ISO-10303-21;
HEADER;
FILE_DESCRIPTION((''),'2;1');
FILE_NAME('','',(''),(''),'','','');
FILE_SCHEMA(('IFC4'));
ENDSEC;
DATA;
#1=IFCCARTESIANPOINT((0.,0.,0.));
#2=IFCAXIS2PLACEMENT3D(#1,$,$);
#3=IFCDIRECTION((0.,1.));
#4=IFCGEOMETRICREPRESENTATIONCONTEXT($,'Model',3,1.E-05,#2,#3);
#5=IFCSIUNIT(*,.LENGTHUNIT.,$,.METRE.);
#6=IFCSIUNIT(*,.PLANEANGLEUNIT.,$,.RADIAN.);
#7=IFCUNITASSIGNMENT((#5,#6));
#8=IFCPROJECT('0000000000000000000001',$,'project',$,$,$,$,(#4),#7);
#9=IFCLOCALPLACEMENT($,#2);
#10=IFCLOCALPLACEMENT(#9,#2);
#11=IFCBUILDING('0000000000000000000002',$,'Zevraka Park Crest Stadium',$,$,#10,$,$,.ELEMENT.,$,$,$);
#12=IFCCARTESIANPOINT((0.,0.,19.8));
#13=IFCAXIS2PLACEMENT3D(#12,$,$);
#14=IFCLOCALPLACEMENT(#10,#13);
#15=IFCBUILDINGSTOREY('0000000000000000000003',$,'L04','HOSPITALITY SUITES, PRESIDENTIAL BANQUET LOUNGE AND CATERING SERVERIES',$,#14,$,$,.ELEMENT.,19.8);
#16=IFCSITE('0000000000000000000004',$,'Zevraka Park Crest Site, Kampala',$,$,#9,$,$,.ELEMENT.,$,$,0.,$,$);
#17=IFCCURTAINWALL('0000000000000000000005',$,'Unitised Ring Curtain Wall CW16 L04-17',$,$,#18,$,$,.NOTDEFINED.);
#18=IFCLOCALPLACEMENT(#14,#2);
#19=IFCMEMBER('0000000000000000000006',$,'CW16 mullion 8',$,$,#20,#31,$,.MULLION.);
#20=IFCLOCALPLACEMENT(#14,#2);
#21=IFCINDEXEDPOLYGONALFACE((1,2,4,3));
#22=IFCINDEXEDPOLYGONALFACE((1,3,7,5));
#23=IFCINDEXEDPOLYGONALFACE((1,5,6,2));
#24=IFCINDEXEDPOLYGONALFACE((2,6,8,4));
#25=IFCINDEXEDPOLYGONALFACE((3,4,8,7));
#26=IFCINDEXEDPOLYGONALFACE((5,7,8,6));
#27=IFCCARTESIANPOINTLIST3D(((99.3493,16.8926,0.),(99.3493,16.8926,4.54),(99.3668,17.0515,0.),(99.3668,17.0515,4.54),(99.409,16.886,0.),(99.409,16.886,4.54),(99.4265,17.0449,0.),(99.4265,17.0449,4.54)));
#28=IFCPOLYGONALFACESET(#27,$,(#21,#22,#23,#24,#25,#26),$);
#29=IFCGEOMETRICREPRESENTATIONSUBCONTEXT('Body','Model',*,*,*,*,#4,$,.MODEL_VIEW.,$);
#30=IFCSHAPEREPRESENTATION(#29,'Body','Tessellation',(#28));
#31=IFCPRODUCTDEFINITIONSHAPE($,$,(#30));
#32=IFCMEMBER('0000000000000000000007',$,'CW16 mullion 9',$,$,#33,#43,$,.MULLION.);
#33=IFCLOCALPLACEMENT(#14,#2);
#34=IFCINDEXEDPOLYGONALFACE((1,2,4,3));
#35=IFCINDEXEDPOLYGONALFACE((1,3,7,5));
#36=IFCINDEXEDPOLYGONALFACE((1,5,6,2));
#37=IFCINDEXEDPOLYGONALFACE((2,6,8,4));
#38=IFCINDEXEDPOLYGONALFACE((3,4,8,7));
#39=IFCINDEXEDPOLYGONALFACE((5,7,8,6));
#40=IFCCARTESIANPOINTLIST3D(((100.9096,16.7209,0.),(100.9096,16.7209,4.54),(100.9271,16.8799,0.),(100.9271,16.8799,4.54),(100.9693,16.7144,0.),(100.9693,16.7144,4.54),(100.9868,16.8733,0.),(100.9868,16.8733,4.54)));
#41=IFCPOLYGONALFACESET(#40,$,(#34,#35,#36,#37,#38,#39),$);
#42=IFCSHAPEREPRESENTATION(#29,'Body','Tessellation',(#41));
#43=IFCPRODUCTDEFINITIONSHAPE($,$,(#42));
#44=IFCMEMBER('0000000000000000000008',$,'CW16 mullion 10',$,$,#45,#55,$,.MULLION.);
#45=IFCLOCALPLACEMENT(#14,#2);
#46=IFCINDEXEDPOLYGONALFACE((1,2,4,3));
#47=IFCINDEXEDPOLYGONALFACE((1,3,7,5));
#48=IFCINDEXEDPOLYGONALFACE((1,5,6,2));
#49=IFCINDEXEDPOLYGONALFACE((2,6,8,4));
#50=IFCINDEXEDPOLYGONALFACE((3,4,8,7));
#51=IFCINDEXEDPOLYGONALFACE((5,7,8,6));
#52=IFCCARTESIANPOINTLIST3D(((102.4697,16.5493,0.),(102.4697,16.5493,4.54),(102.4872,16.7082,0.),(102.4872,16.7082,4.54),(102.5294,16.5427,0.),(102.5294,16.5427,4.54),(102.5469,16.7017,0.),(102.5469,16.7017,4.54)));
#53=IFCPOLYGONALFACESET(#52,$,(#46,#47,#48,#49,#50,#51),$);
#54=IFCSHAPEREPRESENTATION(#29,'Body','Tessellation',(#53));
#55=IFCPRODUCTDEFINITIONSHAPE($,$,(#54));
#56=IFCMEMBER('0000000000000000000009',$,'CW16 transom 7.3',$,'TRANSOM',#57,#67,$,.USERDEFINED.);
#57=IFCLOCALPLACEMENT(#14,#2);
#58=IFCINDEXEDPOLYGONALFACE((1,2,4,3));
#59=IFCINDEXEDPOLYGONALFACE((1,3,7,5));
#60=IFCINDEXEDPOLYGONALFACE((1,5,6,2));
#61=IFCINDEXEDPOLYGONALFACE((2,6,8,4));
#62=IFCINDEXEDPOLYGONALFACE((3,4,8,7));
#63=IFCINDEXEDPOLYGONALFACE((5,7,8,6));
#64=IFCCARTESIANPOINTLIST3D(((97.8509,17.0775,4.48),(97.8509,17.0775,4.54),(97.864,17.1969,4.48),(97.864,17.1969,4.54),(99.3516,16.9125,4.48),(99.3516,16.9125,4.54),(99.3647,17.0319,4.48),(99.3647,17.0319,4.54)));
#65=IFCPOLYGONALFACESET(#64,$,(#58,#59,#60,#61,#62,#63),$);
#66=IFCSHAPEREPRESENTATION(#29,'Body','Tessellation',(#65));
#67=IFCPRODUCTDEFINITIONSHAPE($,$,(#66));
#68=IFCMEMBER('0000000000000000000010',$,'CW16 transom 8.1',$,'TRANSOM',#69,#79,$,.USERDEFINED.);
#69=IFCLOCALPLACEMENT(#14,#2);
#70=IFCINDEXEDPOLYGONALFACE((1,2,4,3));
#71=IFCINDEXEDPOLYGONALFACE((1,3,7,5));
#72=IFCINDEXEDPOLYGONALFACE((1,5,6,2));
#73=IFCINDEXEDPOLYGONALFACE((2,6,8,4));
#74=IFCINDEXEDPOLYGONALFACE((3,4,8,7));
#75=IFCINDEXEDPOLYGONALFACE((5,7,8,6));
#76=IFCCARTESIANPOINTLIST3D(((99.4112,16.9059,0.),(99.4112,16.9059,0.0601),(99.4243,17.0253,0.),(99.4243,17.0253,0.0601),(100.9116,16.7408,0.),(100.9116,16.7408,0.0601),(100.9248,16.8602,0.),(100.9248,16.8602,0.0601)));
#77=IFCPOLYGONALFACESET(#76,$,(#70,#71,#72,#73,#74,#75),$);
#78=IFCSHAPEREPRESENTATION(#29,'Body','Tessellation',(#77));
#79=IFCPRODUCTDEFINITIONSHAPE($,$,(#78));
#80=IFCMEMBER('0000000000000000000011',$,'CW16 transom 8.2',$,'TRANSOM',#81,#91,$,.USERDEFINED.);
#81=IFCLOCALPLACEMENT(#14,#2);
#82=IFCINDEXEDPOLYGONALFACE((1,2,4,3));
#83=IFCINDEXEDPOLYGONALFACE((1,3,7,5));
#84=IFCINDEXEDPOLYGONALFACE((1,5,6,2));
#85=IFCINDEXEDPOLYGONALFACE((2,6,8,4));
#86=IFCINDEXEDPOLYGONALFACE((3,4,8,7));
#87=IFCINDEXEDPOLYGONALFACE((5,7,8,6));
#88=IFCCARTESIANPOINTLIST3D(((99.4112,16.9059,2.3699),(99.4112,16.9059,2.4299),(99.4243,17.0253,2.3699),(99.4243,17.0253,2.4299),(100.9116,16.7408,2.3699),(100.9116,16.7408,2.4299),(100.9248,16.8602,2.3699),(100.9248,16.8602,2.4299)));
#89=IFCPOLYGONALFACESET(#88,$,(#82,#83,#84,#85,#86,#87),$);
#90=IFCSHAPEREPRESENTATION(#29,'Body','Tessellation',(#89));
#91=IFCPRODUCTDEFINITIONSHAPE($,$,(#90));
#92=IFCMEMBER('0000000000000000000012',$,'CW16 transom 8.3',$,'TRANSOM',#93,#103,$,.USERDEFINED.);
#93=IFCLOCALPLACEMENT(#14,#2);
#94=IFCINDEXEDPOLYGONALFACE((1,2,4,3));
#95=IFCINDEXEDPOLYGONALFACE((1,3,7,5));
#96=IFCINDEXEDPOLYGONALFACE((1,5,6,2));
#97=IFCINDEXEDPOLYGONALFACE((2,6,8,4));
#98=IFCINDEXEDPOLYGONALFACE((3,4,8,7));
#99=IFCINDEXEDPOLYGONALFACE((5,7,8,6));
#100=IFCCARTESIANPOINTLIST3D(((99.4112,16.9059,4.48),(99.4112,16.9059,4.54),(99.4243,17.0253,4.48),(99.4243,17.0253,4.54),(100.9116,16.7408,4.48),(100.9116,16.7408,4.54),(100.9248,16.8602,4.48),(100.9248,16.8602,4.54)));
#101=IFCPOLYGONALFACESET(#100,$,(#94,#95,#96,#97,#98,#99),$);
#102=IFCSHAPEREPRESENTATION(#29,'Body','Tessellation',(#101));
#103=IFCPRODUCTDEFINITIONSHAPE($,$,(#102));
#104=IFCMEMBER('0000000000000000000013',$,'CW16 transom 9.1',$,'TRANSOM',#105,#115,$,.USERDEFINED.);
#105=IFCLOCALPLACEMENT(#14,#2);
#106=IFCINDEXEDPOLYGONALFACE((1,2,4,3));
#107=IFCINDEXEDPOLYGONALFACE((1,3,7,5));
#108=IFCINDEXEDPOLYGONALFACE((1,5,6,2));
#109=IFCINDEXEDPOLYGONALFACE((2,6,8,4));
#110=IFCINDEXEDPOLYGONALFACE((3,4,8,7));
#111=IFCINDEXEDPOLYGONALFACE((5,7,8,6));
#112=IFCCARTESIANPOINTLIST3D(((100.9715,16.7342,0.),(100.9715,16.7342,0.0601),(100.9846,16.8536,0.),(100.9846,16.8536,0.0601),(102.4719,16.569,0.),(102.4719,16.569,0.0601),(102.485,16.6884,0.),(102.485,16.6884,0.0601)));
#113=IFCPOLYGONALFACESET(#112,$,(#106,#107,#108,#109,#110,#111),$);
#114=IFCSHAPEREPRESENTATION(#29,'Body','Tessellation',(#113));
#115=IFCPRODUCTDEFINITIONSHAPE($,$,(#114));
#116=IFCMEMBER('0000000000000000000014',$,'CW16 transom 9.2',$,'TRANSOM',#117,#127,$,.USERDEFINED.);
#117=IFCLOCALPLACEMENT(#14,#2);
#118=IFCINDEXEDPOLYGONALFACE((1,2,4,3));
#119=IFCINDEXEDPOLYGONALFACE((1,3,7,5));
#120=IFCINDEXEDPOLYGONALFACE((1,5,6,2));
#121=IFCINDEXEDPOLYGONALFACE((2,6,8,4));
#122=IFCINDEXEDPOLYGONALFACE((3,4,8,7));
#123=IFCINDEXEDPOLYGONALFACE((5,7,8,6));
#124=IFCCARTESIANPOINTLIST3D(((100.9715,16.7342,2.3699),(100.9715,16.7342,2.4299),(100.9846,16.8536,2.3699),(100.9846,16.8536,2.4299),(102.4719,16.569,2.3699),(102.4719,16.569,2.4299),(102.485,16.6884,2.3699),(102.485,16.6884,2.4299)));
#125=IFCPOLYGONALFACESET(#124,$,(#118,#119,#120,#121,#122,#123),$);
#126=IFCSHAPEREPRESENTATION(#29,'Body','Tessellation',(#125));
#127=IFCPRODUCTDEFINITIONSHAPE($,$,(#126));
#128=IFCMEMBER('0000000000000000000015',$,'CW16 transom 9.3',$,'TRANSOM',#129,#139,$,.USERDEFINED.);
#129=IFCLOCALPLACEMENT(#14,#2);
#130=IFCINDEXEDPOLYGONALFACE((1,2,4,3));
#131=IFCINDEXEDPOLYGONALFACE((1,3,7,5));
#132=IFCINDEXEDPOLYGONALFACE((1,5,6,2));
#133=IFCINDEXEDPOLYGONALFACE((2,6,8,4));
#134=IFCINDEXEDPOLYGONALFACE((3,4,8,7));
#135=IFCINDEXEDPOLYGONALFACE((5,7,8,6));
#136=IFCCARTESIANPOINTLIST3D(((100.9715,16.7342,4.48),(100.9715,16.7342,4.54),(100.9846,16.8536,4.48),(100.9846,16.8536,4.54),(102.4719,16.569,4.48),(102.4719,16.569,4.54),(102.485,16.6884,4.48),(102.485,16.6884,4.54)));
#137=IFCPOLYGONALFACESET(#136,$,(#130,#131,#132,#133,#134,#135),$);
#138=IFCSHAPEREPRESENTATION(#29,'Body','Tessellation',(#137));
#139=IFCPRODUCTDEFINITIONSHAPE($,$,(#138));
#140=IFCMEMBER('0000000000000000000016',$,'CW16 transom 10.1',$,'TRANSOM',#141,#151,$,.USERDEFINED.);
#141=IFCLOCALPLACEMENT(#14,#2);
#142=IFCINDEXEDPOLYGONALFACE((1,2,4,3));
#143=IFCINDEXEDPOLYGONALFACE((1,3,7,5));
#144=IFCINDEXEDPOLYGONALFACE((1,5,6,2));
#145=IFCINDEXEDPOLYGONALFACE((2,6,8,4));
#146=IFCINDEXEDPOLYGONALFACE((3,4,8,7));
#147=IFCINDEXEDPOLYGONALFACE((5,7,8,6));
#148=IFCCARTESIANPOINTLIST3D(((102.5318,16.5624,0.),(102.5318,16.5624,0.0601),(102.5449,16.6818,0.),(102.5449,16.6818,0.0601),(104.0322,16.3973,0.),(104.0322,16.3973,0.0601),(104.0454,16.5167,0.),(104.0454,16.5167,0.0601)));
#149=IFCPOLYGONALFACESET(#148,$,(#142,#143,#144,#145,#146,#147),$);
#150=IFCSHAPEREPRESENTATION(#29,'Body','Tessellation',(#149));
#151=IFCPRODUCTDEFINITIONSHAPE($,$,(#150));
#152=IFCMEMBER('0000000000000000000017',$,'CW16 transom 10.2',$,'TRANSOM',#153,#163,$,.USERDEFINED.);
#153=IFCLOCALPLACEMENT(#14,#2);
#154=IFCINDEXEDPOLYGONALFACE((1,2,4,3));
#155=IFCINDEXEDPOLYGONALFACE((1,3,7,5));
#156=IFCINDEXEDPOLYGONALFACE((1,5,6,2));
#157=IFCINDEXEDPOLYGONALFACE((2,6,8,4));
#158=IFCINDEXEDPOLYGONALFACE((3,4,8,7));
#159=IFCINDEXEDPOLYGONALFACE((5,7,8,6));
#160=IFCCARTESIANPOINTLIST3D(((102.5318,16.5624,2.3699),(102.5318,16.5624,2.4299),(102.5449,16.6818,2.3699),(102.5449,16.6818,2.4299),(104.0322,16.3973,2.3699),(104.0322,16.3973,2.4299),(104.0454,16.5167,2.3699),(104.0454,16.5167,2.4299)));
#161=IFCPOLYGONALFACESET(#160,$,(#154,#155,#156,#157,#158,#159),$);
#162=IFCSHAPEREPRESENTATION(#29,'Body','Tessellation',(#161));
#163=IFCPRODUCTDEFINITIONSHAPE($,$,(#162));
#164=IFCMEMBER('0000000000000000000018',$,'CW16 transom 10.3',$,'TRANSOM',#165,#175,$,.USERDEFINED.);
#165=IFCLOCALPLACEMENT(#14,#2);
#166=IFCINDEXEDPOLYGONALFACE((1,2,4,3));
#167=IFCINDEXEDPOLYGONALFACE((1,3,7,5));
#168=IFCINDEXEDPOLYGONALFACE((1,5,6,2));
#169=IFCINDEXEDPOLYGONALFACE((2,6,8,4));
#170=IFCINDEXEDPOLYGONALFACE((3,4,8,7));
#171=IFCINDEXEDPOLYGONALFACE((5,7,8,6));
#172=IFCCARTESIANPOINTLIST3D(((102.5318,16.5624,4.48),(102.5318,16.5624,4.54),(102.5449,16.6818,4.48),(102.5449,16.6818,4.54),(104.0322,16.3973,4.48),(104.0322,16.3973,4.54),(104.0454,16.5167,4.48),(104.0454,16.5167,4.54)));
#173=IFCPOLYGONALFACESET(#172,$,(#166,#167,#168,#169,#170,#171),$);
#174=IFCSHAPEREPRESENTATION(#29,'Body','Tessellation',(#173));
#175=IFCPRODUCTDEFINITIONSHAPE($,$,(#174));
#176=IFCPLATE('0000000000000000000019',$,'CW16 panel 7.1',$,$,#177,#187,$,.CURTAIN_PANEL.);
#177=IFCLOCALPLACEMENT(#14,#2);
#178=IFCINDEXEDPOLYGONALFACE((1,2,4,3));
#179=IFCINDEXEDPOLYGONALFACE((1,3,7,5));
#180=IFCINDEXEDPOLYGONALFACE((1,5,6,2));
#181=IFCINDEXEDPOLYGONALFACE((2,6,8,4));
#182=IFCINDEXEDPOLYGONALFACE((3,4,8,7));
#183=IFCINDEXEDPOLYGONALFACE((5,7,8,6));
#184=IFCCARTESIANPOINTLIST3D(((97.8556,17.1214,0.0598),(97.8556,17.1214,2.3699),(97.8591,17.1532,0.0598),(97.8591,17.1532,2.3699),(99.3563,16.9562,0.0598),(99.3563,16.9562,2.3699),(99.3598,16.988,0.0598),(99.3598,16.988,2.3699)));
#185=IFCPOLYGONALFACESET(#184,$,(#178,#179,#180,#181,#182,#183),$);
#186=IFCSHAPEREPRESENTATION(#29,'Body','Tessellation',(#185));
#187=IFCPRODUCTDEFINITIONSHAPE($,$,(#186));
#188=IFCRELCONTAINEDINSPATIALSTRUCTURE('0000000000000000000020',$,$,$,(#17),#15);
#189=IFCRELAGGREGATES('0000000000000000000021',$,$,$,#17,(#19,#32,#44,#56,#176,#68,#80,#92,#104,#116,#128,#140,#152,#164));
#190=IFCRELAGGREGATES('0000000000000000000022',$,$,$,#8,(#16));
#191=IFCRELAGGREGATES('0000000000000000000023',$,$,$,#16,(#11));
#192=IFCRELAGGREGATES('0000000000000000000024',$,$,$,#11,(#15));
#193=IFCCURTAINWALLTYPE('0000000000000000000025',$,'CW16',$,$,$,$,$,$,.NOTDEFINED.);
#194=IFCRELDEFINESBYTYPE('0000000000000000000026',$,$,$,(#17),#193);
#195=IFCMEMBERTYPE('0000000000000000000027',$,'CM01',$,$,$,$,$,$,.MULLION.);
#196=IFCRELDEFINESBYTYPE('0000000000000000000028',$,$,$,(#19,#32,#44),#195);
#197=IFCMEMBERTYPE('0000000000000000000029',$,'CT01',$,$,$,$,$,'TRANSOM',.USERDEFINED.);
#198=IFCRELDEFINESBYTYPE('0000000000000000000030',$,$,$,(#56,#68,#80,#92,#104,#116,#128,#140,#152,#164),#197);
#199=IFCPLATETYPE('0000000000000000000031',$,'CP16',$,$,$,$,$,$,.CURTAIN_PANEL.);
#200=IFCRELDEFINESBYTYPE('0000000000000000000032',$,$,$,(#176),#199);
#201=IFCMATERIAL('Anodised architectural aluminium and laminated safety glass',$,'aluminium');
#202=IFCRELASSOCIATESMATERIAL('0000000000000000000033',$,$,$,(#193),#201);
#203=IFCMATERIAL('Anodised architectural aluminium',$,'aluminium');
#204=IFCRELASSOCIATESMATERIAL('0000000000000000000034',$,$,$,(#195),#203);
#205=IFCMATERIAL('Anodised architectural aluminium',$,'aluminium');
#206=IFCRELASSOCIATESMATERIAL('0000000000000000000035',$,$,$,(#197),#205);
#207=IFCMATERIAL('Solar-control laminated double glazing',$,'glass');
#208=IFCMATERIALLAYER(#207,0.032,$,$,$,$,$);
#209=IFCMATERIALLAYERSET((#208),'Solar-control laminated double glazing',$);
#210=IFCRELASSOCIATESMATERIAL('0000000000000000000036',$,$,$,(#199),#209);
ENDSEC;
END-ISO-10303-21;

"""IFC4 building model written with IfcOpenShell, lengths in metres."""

from ifc_helpers import new_model, si_unit, direction, frame, origin, origin_2d, place, context, subcontext, project, spatial, rectangle, extrude, material, layer, layer_set, material_profile, profile_set, type_object, element, aggregate, save


model = new_model("IFC4")

# Units and contexts
model_context = context("Model", 3, precision=1e-05, world=origin(), true_north=direction((0.0, 1.0)))
body_context = subcontext(model_context, "Body", "Model", "MODEL_VIEW")
ifc_project = project(units=[si_unit("LENGTHUNIT", "METRE"), si_unit("PLANEANGLEUNIT", "RADIAN")], contexts=[model_context])

# Site, building, storey
site_placement = place(None, origin())
site = spatial("IfcSite", under=ifc_project, at=site_placement, Name="Zevraka Park Crest Site, Kampala", CompositionType="ELEMENT", RefElevation=0.0)
building_placement = place(site_placement, origin())
building = spatial("IfcBuilding", under=site, at=building_placement, Name="Zevraka Park Crest Stadium", CompositionType="ELEMENT")
storey_placement = place(building_placement, frame((0.0, 0.0, 19.8)))
storey = spatial("IfcBuildingStorey", under=building, at=storey_placement, Name="L04", Description="HOSPITALITY SUITES, PRESIDENTIAL BANQUET LOUNGE AND CATERING SERVERIES", CompositionType="ELEMENT", Elevation=19.8)

# Curtain wall, members, plate
ifc_material_1 = material(Name="Anodised architectural aluminium and laminated safety glass", Category="aluminium")
curtain_wall_type = type_object("IfcCurtainWallType", Name="CW16", PredefinedType="NOTDEFINED", material=ifc_material_1)
curtain_wall_placement = place(storey_placement, origin())
curtain_wall = element("IfcCurtainWall", 1, at=curtain_wall_placement, inside=storey, type_object=curtain_wall_type, Name="Unitised Ring Curtain Wall CW16 L04-17", PredefinedType="NOTDEFINED")
ifc_material_2 = material(Name="Anodised architectural aluminium", Category="aluminium")
ifc_material_profile_1 = material_profile(ifc_material_2, rectangle(XDim=0.1599, YDim=0.0601, at=origin_2d()), Name="ALU MULLION 160x60")
ifc_profile_set_1 = profile_set([ifc_material_profile_1], Name="Anodised architectural aluminium")
member_type_1 = type_object("IfcMemberType", Name="CM01", PredefinedType="MULLION", material=ifc_profile_set_1)
member_1_placement = place(storey_placement, frame((99.3879, 16.9688, 0.0), z_axis=(0.0, 0.0, 1.0), x_axis=(0.109406, 0.993997, 0.0)))
member_1 = element("IfcMember", 2, at=member_1_placement, type_object=member_type_1, Name="CW16 mullion 8", PredefinedType="MULLION", context=body_context, shape_type="SweptSolid", body=[
    extrude(rectangle(XDim=0.1599, YDim=0.0601, at=origin_2d()), origin(), (0.0, 0.0, 1.0), 4.54),
])
member_2_placement = place(storey_placement, frame((100.9482, 16.7971, 0.0), z_axis=(0.0, 0.0, 1.0), x_axis=(0.109406, 0.993997, 0.0)))
member_2 = element("IfcMember", 3, at=member_2_placement, type_object=member_type_1, Name="CW16 mullion 9", PredefinedType="MULLION", context=body_context, shape_type="SweptSolid", body=[
    extrude(rectangle(XDim=0.1599, YDim=0.0601, at=origin_2d()), origin(), (0.0, 0.0, 1.0), 4.54),
])
member_3_placement = place(storey_placement, frame((102.5083, 16.6255, 0.0), z_axis=(0.0, 0.0, 1.0), x_axis=(0.109406, 0.993997, 0.0)))
member_3 = element("IfcMember", 4, at=member_3_placement, type_object=member_type_1, Name="CW16 mullion 10", PredefinedType="MULLION", context=body_context, shape_type="SweptSolid", body=[
    extrude(rectangle(XDim=0.1599, YDim=0.0601, at=origin_2d()), origin(), (0.0, 0.0, 1.0), 4.54),
])
ifc_material_3 = material(Name="Anodised architectural aluminium", Category="aluminium")
ifc_material_profile_2 = material_profile(ifc_material_3, rectangle(XDim=0.1201, YDim=0.0601, at=origin_2d()), Name="ALU TRANSOM 120x60")
ifc_profile_set_2 = profile_set([ifc_material_profile_2], Name="Anodised architectural aluminium")
member_type_2 = type_object("IfcMemberType", Name="CT01", ElementType="TRANSOM", PredefinedType="USERDEFINED", material=ifc_profile_set_2)
member_4_placement = place(storey_placement, frame((97.8574, 17.1372, 4.51), z_axis=(0.994007, -0.109313, 0.0), x_axis=(0.109313, 0.994007, 0.0)))
member_4 = element("IfcMember", 5, at=member_4_placement, type_object=member_type_2, Name="CW16 transom 7.3", ObjectType="TRANSOM", PredefinedType="USERDEFINED", context=body_context, shape_type="SweptSolid", body=[
    extrude(rectangle(XDim=0.1201, YDim=0.0601, at=origin_2d()), origin(), (0.0, 0.0, 1.0), 1.5098),
])
member_5_placement = place(storey_placement, frame((99.4177, 16.9656, 0.03), z_axis=(0.994005, -0.109331, 0.0), x_axis=(0.109331, 0.994005, 0.0)))
member_5 = element("IfcMember", 6, at=member_5_placement, type_object=member_type_2, Name="CW16 transom 8.1", ObjectType="TRANSOM", PredefinedType="USERDEFINED", context=body_context, shape_type="SweptSolid", body=[
    extrude(rectangle(XDim=0.1201, YDim=0.0601, at=origin_2d()), origin(), (0.0, 0.0, 1.0), 1.5095),
])
member_6_placement = place(storey_placement, frame((99.4177, 16.9656, 2.3999), z_axis=(0.994005, -0.109331, 0.0), x_axis=(0.109331, 0.994005, 0.0)))
member_6 = element("IfcMember", 7, at=member_6_placement, type_object=member_type_2, Name="CW16 transom 8.2", ObjectType="TRANSOM", PredefinedType="USERDEFINED", context=body_context, shape_type="SweptSolid", body=[
    extrude(rectangle(XDim=0.1201, YDim=0.0601, at=origin_2d()), origin(), (0.0, 0.0, 1.0), 1.5095),
])
member_7_placement = place(storey_placement, frame((99.4177, 16.9656, 4.51), z_axis=(0.994005, -0.109331, 0.0), x_axis=(0.109331, 0.994005, 0.0)))
member_7 = element("IfcMember", 8, at=member_7_placement, type_object=member_type_2, Name="CW16 transom 8.3", ObjectType="TRANSOM", PredefinedType="USERDEFINED", context=body_context, shape_type="SweptSolid", body=[
    extrude(rectangle(XDim=0.1201, YDim=0.0601, at=origin_2d()), origin(), (0.0, 0.0, 1.0), 1.5095),
])
member_8_placement = place(storey_placement, frame((100.978, 16.7939, 0.03), z_axis=(0.993988, -0.109491, 0.0), x_axis=(0.109491, 0.993988, 0.0)))
member_8 = element("IfcMember", 9, at=member_8_placement, type_object=member_type_2, Name="CW16 transom 9.1", ObjectType="TRANSOM", PredefinedType="USERDEFINED", context=body_context, shape_type="SweptSolid", body=[
    extrude(rectangle(XDim=0.1201, YDim=0.0601, at=origin_2d()), origin(), (0.0, 0.0, 1.0), 1.5095),
])
member_9_placement = place(storey_placement, frame((100.978, 16.7939, 2.3999), z_axis=(0.993988, -0.109491, 0.0), x_axis=(0.109491, 0.993988, 0.0)))
member_9 = element("IfcMember", 10, at=member_9_placement, type_object=member_type_2, Name="CW16 transom 9.2", ObjectType="TRANSOM", PredefinedType="USERDEFINED", context=body_context, shape_type="SweptSolid", body=[
    extrude(rectangle(XDim=0.1201, YDim=0.0601, at=origin_2d()), origin(), (0.0, 0.0, 1.0), 1.5095),
])
member_10_placement = place(storey_placement, frame((100.978, 16.7939, 4.51), z_axis=(0.993988, -0.109491, 0.0), x_axis=(0.109491, 0.993988, 0.0)))
member_10 = element("IfcMember", 11, at=member_10_placement, type_object=member_type_2, Name="CW16 transom 9.3", ObjectType="TRANSOM", PredefinedType="USERDEFINED", context=body_context, shape_type="SweptSolid", body=[
    extrude(rectangle(XDim=0.1201, YDim=0.0601, at=origin_2d()), origin(), (0.0, 0.0, 1.0), 1.5095),
])
member_11_placement = place(storey_placement, frame((102.5383, 16.6221, 0.03), z_axis=(0.994005, -0.109331, 0.0), x_axis=(0.109331, 0.994005, 0.0)))
member_11 = element("IfcMember", 12, at=member_11_placement, type_object=member_type_2, Name="CW16 transom 10.1", ObjectType="TRANSOM", PredefinedType="USERDEFINED", context=body_context, shape_type="SweptSolid", body=[
    extrude(rectangle(XDim=0.1201, YDim=0.0601, at=origin_2d()), origin(), (0.0, 0.0, 1.0), 1.5095),
])
member_12_placement = place(storey_placement, frame((102.5383, 16.6221, 2.3999), z_axis=(0.994005, -0.109331, 0.0), x_axis=(0.109331, 0.994005, 0.0)))
member_12 = element("IfcMember", 13, at=member_12_placement, type_object=member_type_2, Name="CW16 transom 10.2", ObjectType="TRANSOM", PredefinedType="USERDEFINED", context=body_context, shape_type="SweptSolid", body=[
    extrude(rectangle(XDim=0.1201, YDim=0.0601, at=origin_2d()), origin(), (0.0, 0.0, 1.0), 1.5095),
])
member_13_placement = place(storey_placement, frame((102.5383, 16.6221, 4.51), z_axis=(0.994005, -0.109331, 0.0), x_axis=(0.109331, 0.994005, 0.0)))
member_13 = element("IfcMember", 14, at=member_13_placement, type_object=member_type_2, Name="CW16 transom 10.3", ObjectType="TRANSOM", PredefinedType="USERDEFINED", context=body_context, shape_type="SweptSolid", body=[
    extrude(rectangle(XDim=0.1201, YDim=0.0601, at=origin_2d()), origin(), (0.0, 0.0, 1.0), 1.5095),
])
ifc_material_4 = material(Name="Solar-control laminated double glazing", Category="glass")
ifc_layer_1 = layer(ifc_material_4, 0.032)
ifc_layer_set_1 = layer_set([ifc_layer_1], Name="Solar-control laminated double glazing")
plate_type = type_object("IfcPlateType", Name="CP16", PredefinedType="CURTAIN_PANEL", material=ifc_layer_set_1)
plate_1_placement = place(storey_placement, frame((98.6077, 17.0547, 0.0598), z_axis=(0.0, 0.0, 1.0), x_axis=(0.993997, -0.109406, 0.0)))
plate_1 = element("IfcPlate", 15, at=plate_1_placement, type_object=plate_type, Name="CW16 panel 7.1", PredefinedType="CURTAIN_PANEL", context=body_context, shape_type="SweptSolid", body=[
    extrude(rectangle(XDim=1.5098, YDim=0.032, at=origin_2d()), origin(), (0.0, 0.0, 1.0), 2.3101),
])
aggregate(curtain_wall, [member_1, member_2, member_3, member_4, plate_1, member_5, member_6, member_7, member_8, member_9, member_10, member_11, member_12, member_13])

save(model, "model.ifc")
